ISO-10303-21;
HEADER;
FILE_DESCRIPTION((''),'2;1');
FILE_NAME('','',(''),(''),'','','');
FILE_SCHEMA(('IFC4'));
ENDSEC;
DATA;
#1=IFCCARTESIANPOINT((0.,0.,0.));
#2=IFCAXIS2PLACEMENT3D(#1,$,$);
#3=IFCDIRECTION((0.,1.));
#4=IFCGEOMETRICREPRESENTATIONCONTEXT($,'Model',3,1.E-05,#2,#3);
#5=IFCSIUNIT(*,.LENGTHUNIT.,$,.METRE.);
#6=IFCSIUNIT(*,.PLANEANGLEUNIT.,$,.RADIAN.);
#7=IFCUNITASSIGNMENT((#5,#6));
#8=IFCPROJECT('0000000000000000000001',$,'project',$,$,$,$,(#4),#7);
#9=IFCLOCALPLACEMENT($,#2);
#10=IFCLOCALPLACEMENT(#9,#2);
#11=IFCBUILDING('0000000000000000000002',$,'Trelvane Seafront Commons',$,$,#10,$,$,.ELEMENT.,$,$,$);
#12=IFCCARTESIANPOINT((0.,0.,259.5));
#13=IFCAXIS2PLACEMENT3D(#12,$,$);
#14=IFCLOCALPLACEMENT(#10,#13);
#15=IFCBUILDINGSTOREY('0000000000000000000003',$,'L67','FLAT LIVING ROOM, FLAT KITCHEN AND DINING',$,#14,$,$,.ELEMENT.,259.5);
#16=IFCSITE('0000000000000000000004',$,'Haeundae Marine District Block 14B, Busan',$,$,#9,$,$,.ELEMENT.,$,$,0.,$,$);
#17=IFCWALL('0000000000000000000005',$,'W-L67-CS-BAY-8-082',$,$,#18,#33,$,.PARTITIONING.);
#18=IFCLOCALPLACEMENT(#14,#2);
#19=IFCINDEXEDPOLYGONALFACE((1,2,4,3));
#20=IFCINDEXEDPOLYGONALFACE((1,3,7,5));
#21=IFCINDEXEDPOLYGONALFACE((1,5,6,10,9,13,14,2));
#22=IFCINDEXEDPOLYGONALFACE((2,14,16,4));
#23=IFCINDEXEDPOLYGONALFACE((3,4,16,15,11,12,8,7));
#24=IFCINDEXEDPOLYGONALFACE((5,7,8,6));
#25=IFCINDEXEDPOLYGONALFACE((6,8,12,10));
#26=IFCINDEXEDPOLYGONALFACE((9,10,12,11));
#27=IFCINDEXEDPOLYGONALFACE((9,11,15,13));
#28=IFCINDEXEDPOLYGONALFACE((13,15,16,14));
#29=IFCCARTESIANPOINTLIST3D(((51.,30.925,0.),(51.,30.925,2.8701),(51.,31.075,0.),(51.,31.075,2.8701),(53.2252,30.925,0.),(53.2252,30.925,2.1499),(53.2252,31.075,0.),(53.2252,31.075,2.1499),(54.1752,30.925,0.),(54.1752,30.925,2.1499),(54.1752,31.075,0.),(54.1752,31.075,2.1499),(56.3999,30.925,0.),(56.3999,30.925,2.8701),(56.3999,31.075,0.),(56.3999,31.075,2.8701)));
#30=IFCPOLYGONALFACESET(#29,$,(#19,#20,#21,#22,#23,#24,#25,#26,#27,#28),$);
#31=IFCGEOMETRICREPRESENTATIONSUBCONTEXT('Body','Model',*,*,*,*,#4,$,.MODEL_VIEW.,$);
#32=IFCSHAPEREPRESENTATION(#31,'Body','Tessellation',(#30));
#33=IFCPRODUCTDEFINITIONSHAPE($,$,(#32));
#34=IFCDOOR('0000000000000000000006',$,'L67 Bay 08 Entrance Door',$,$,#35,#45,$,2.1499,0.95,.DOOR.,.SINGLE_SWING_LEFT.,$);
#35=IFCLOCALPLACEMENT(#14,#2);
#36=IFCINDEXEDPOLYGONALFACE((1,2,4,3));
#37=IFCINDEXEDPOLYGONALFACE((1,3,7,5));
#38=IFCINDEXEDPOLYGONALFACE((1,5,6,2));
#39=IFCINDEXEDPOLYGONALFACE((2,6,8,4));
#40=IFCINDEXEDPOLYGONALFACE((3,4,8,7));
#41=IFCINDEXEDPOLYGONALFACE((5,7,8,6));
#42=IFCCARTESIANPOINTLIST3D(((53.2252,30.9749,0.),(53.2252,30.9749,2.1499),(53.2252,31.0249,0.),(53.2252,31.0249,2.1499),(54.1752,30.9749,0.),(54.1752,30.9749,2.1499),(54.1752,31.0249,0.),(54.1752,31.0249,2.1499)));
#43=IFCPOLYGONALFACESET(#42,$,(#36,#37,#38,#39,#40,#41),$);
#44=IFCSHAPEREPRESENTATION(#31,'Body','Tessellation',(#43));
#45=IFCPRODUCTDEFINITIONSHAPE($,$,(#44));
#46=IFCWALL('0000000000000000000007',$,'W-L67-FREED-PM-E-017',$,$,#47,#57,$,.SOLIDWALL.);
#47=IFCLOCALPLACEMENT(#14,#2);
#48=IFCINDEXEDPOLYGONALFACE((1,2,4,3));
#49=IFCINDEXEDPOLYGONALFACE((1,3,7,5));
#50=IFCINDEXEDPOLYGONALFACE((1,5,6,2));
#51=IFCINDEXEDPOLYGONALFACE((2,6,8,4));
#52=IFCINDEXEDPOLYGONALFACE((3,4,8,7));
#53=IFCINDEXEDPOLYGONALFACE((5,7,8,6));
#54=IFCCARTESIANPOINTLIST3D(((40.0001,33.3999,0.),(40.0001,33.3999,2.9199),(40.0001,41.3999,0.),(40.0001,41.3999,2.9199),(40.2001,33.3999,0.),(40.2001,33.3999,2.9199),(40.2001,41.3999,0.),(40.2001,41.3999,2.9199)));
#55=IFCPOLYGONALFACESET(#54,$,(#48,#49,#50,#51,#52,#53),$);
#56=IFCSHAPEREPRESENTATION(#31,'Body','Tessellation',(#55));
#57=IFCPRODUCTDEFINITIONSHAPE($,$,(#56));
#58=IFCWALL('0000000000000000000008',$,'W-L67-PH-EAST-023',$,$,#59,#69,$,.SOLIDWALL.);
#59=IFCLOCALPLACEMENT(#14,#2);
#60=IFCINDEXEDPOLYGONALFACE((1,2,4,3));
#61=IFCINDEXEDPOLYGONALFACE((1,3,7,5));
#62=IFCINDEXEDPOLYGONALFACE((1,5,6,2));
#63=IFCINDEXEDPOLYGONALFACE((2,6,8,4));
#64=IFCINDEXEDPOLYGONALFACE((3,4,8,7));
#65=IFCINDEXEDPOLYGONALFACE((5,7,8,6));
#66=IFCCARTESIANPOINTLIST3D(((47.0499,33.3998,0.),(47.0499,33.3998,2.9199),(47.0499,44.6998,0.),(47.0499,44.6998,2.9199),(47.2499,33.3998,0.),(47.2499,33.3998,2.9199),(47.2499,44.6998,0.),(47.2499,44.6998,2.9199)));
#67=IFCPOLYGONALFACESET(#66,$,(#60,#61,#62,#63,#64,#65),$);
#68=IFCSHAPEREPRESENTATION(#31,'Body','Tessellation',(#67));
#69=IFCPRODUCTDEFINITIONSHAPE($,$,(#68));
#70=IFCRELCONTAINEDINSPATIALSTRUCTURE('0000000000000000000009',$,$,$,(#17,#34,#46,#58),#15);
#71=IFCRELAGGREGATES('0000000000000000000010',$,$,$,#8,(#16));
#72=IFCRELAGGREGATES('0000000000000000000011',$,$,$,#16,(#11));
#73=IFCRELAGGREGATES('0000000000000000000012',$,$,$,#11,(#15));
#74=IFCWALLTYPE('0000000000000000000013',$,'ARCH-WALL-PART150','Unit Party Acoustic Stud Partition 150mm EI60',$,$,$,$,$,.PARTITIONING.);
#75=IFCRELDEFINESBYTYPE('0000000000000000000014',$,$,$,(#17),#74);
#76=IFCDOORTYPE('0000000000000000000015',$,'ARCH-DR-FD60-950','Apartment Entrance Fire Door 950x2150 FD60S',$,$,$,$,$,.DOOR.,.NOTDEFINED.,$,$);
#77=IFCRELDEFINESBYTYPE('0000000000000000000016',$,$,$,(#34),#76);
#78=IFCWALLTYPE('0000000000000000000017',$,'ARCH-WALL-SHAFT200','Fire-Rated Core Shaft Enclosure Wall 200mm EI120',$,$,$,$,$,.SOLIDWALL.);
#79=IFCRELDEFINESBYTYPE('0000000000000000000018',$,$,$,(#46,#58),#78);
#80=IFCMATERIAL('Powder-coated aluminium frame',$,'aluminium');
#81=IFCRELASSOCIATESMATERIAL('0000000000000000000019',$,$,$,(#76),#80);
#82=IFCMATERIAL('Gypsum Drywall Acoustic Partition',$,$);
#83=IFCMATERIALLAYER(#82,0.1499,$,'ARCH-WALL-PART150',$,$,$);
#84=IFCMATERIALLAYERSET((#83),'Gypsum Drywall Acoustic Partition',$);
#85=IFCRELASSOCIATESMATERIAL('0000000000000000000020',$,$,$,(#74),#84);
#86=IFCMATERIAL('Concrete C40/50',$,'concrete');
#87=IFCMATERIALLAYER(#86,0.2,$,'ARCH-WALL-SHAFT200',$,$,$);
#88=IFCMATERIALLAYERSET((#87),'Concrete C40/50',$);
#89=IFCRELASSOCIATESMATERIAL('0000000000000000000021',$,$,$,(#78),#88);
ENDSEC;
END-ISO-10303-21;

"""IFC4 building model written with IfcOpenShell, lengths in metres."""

from ifc_helpers import new_model, si_unit, direction, frame, frame_2d, origin, place, context, subcontext, project, spatial, rectangle, extrude, source, transform, mapped, material, layer, layer_set, type_object, element, fill, save


model = new_model("IFC4")

# Units and contexts
model_context = context("Model", 3, precision=1e-05, world=origin(), true_north=direction((0.0, 1.0)))
body_context = subcontext(model_context, "Body", "Model", "MODEL_VIEW")
ifc_project = project(units=[si_unit("LENGTHUNIT", "METRE"), si_unit("PLANEANGLEUNIT", "RADIAN")], contexts=[model_context])

# Site, building, storey
site_placement = place(None, origin())
site = spatial("IfcSite", under=ifc_project, at=site_placement, Name="Haeundae Marine District Block 14B, Busan", CompositionType="ELEMENT", RefElevation=0.0)
building_placement = place(site_placement, origin())
building = spatial("IfcBuilding", under=site, at=building_placement, Name="Trelvane Seafront Commons", CompositionType="ELEMENT")
storey_placement = place(building_placement, frame((0.0, 0.0, 259.5)))
storey = spatial("IfcBuildingStorey", under=building, at=storey_placement, Name="L67", Description="FLAT LIVING ROOM, FLAT KITCHEN AND DINING", CompositionType="ELEMENT", Elevation=259.5)

# Shared definitions
ifc_material_1 = material(Name="Concrete C40/50", Category="concrete")
ifc_material_2 = material(Name="Powder-coated aluminium frame", Category="aluminium")

# Shared definitions
door_type_1 = type_object("IfcDoorType", Name="ARCH-DR-FD60-950", Description="Apartment Entrance Fire Door 950x2150 FD60S", OperationType="NOTDEFINED", PredefinedType="DOOR", material=ifc_material_2)
shared_shape_1 = source(origin(), body_context, "Body", "SweptSolid", [
    extrude(rectangle(XDim=0.95, YDim=2.1499, at=frame_2d((0.4751, 1.075))), frame((0.0, 0.0249, 0.0), z_axis=(0.0, -1.0, 0.0), x_axis=(1.0, 0.0, 0.0)), (0.0, 0.0, 1.0), 0.05),
])
ifc_material_3 = material(Name="Gypsum Drywall Acoustic Partition")

# Wall, opening, door
ifc_layer_1 = layer(ifc_material_3, 0.1499, Name="ARCH-WALL-PART150")
ifc_layer_set_1 = layer_set([ifc_layer_1], Name="Gypsum Drywall Acoustic Partition")
wall_type_1 = type_object("IfcWallType", Name="ARCH-WALL-PART150", Description="Unit Party Acoustic Stud Partition 150mm EI60", PredefinedType="PARTITIONING", material=ifc_layer_set_1)
wall_1_placement = place(storey_placement, frame((51.0, 31.0, 0.0), z_axis=(0.0, 0.0, 1.0), x_axis=(1.0, 0.0, 0.0)))
wall_1 = element("IfcWall", 1, at=wall_1_placement, inside=storey, type_object=wall_type_1, Name="W-L67-CS-BAY-8-082", PredefinedType="PARTITIONING", context=body_context, shape_type="SweptSolid", body=[
    extrude(rectangle(XDim=5.3999, YDim=0.1499, at=frame_2d((2.7, 0.0))), origin(), (0.0, 0.0, 1.0), 2.8701),
])
opening_1_placement = place(wall_1_placement, frame((2.2251, 0.0, 0.0)))
opening_1 = element("IfcOpeningElement", 2, at=opening_1_placement, cuts=wall_1, PredefinedType="OPENING", context=body_context, shape_type="SweptSolid", body=[
    extrude(rectangle(XDim=0.95, YDim=2.1499, at=frame_2d((0.4751, 1.075))), frame((0.0, 0.085, 0.0), z_axis=(0.0, -1.0, 0.0), x_axis=(1.0, 0.0, 0.0)), (0.0, 0.0, 1.0), 0.1699),
])
door_1_placement = place(opening_1_placement, origin())
door_1 = element("IfcDoor", 3, at=door_1_placement, inside=storey, type_object=door_type_1, Name="L67 Bay 08 Entrance Door", OperationType="SINGLE_SWING_LEFT", OverallHeight=2.1499, OverallWidth=0.95, PredefinedType="DOOR", context=body_context, shape_type="MappedRepresentation", body=[
    mapped(shared_shape_1, transform((0.0, 0.0, 0.0), x_axis=(1.0, 0.0, 0.0), y_axis=(0.0, 1.0, 0.0), z_axis=(0.0, 0.0, 1.0), scale=1.0)),
])
fill(opening_1, door_1)

# Walls
ifc_layer_2 = layer(ifc_material_1, 0.2, Name="ARCH-WALL-SHAFT200")
ifc_layer_set_2 = layer_set([ifc_layer_2], Name="Concrete C40/50")
wall_type_2 = type_object("IfcWallType", Name="ARCH-WALL-SHAFT200", Description="Fire-Rated Core Shaft Enclosure Wall 200mm EI120", PredefinedType="SOLIDWALL", material=ifc_layer_set_2)
wall_2_placement = place(storey_placement, frame((40.1001, 33.3999, 0.0), z_axis=(0.0, 0.0, 1.0), x_axis=(0.0, 1.0, 0.0)))
element("IfcWall", 4, at=wall_2_placement, inside=storey, type_object=wall_type_2, Name="W-L67-FREED-PM-E-017", PredefinedType="SOLIDWALL", context=body_context, shape_type="SweptSolid", body=[
    extrude(rectangle(XDim=8.0, YDim=0.2, at=frame_2d((4.0, 0.0))), origin(), (0.0, 0.0, 1.0), 2.9199),
])
wall_3_placement = place(storey_placement, frame((47.1499, 33.3999, 0.0), z_axis=(0.0, 0.0, 1.0), x_axis=(0.0, 1.0, 0.0)))
element("IfcWall", 5, at=wall_3_placement, inside=storey, type_object=wall_type_2, Name="W-L67-PH-EAST-023", PredefinedType="SOLIDWALL", context=body_context, shape_type="SweptSolid", body=[
    extrude(rectangle(XDim=11.3, YDim=0.2, at=frame_2d((5.6499, 0.0))), origin(), (0.0, 0.0, 1.0), 2.9199),
])

save(model, "model.ifc")
